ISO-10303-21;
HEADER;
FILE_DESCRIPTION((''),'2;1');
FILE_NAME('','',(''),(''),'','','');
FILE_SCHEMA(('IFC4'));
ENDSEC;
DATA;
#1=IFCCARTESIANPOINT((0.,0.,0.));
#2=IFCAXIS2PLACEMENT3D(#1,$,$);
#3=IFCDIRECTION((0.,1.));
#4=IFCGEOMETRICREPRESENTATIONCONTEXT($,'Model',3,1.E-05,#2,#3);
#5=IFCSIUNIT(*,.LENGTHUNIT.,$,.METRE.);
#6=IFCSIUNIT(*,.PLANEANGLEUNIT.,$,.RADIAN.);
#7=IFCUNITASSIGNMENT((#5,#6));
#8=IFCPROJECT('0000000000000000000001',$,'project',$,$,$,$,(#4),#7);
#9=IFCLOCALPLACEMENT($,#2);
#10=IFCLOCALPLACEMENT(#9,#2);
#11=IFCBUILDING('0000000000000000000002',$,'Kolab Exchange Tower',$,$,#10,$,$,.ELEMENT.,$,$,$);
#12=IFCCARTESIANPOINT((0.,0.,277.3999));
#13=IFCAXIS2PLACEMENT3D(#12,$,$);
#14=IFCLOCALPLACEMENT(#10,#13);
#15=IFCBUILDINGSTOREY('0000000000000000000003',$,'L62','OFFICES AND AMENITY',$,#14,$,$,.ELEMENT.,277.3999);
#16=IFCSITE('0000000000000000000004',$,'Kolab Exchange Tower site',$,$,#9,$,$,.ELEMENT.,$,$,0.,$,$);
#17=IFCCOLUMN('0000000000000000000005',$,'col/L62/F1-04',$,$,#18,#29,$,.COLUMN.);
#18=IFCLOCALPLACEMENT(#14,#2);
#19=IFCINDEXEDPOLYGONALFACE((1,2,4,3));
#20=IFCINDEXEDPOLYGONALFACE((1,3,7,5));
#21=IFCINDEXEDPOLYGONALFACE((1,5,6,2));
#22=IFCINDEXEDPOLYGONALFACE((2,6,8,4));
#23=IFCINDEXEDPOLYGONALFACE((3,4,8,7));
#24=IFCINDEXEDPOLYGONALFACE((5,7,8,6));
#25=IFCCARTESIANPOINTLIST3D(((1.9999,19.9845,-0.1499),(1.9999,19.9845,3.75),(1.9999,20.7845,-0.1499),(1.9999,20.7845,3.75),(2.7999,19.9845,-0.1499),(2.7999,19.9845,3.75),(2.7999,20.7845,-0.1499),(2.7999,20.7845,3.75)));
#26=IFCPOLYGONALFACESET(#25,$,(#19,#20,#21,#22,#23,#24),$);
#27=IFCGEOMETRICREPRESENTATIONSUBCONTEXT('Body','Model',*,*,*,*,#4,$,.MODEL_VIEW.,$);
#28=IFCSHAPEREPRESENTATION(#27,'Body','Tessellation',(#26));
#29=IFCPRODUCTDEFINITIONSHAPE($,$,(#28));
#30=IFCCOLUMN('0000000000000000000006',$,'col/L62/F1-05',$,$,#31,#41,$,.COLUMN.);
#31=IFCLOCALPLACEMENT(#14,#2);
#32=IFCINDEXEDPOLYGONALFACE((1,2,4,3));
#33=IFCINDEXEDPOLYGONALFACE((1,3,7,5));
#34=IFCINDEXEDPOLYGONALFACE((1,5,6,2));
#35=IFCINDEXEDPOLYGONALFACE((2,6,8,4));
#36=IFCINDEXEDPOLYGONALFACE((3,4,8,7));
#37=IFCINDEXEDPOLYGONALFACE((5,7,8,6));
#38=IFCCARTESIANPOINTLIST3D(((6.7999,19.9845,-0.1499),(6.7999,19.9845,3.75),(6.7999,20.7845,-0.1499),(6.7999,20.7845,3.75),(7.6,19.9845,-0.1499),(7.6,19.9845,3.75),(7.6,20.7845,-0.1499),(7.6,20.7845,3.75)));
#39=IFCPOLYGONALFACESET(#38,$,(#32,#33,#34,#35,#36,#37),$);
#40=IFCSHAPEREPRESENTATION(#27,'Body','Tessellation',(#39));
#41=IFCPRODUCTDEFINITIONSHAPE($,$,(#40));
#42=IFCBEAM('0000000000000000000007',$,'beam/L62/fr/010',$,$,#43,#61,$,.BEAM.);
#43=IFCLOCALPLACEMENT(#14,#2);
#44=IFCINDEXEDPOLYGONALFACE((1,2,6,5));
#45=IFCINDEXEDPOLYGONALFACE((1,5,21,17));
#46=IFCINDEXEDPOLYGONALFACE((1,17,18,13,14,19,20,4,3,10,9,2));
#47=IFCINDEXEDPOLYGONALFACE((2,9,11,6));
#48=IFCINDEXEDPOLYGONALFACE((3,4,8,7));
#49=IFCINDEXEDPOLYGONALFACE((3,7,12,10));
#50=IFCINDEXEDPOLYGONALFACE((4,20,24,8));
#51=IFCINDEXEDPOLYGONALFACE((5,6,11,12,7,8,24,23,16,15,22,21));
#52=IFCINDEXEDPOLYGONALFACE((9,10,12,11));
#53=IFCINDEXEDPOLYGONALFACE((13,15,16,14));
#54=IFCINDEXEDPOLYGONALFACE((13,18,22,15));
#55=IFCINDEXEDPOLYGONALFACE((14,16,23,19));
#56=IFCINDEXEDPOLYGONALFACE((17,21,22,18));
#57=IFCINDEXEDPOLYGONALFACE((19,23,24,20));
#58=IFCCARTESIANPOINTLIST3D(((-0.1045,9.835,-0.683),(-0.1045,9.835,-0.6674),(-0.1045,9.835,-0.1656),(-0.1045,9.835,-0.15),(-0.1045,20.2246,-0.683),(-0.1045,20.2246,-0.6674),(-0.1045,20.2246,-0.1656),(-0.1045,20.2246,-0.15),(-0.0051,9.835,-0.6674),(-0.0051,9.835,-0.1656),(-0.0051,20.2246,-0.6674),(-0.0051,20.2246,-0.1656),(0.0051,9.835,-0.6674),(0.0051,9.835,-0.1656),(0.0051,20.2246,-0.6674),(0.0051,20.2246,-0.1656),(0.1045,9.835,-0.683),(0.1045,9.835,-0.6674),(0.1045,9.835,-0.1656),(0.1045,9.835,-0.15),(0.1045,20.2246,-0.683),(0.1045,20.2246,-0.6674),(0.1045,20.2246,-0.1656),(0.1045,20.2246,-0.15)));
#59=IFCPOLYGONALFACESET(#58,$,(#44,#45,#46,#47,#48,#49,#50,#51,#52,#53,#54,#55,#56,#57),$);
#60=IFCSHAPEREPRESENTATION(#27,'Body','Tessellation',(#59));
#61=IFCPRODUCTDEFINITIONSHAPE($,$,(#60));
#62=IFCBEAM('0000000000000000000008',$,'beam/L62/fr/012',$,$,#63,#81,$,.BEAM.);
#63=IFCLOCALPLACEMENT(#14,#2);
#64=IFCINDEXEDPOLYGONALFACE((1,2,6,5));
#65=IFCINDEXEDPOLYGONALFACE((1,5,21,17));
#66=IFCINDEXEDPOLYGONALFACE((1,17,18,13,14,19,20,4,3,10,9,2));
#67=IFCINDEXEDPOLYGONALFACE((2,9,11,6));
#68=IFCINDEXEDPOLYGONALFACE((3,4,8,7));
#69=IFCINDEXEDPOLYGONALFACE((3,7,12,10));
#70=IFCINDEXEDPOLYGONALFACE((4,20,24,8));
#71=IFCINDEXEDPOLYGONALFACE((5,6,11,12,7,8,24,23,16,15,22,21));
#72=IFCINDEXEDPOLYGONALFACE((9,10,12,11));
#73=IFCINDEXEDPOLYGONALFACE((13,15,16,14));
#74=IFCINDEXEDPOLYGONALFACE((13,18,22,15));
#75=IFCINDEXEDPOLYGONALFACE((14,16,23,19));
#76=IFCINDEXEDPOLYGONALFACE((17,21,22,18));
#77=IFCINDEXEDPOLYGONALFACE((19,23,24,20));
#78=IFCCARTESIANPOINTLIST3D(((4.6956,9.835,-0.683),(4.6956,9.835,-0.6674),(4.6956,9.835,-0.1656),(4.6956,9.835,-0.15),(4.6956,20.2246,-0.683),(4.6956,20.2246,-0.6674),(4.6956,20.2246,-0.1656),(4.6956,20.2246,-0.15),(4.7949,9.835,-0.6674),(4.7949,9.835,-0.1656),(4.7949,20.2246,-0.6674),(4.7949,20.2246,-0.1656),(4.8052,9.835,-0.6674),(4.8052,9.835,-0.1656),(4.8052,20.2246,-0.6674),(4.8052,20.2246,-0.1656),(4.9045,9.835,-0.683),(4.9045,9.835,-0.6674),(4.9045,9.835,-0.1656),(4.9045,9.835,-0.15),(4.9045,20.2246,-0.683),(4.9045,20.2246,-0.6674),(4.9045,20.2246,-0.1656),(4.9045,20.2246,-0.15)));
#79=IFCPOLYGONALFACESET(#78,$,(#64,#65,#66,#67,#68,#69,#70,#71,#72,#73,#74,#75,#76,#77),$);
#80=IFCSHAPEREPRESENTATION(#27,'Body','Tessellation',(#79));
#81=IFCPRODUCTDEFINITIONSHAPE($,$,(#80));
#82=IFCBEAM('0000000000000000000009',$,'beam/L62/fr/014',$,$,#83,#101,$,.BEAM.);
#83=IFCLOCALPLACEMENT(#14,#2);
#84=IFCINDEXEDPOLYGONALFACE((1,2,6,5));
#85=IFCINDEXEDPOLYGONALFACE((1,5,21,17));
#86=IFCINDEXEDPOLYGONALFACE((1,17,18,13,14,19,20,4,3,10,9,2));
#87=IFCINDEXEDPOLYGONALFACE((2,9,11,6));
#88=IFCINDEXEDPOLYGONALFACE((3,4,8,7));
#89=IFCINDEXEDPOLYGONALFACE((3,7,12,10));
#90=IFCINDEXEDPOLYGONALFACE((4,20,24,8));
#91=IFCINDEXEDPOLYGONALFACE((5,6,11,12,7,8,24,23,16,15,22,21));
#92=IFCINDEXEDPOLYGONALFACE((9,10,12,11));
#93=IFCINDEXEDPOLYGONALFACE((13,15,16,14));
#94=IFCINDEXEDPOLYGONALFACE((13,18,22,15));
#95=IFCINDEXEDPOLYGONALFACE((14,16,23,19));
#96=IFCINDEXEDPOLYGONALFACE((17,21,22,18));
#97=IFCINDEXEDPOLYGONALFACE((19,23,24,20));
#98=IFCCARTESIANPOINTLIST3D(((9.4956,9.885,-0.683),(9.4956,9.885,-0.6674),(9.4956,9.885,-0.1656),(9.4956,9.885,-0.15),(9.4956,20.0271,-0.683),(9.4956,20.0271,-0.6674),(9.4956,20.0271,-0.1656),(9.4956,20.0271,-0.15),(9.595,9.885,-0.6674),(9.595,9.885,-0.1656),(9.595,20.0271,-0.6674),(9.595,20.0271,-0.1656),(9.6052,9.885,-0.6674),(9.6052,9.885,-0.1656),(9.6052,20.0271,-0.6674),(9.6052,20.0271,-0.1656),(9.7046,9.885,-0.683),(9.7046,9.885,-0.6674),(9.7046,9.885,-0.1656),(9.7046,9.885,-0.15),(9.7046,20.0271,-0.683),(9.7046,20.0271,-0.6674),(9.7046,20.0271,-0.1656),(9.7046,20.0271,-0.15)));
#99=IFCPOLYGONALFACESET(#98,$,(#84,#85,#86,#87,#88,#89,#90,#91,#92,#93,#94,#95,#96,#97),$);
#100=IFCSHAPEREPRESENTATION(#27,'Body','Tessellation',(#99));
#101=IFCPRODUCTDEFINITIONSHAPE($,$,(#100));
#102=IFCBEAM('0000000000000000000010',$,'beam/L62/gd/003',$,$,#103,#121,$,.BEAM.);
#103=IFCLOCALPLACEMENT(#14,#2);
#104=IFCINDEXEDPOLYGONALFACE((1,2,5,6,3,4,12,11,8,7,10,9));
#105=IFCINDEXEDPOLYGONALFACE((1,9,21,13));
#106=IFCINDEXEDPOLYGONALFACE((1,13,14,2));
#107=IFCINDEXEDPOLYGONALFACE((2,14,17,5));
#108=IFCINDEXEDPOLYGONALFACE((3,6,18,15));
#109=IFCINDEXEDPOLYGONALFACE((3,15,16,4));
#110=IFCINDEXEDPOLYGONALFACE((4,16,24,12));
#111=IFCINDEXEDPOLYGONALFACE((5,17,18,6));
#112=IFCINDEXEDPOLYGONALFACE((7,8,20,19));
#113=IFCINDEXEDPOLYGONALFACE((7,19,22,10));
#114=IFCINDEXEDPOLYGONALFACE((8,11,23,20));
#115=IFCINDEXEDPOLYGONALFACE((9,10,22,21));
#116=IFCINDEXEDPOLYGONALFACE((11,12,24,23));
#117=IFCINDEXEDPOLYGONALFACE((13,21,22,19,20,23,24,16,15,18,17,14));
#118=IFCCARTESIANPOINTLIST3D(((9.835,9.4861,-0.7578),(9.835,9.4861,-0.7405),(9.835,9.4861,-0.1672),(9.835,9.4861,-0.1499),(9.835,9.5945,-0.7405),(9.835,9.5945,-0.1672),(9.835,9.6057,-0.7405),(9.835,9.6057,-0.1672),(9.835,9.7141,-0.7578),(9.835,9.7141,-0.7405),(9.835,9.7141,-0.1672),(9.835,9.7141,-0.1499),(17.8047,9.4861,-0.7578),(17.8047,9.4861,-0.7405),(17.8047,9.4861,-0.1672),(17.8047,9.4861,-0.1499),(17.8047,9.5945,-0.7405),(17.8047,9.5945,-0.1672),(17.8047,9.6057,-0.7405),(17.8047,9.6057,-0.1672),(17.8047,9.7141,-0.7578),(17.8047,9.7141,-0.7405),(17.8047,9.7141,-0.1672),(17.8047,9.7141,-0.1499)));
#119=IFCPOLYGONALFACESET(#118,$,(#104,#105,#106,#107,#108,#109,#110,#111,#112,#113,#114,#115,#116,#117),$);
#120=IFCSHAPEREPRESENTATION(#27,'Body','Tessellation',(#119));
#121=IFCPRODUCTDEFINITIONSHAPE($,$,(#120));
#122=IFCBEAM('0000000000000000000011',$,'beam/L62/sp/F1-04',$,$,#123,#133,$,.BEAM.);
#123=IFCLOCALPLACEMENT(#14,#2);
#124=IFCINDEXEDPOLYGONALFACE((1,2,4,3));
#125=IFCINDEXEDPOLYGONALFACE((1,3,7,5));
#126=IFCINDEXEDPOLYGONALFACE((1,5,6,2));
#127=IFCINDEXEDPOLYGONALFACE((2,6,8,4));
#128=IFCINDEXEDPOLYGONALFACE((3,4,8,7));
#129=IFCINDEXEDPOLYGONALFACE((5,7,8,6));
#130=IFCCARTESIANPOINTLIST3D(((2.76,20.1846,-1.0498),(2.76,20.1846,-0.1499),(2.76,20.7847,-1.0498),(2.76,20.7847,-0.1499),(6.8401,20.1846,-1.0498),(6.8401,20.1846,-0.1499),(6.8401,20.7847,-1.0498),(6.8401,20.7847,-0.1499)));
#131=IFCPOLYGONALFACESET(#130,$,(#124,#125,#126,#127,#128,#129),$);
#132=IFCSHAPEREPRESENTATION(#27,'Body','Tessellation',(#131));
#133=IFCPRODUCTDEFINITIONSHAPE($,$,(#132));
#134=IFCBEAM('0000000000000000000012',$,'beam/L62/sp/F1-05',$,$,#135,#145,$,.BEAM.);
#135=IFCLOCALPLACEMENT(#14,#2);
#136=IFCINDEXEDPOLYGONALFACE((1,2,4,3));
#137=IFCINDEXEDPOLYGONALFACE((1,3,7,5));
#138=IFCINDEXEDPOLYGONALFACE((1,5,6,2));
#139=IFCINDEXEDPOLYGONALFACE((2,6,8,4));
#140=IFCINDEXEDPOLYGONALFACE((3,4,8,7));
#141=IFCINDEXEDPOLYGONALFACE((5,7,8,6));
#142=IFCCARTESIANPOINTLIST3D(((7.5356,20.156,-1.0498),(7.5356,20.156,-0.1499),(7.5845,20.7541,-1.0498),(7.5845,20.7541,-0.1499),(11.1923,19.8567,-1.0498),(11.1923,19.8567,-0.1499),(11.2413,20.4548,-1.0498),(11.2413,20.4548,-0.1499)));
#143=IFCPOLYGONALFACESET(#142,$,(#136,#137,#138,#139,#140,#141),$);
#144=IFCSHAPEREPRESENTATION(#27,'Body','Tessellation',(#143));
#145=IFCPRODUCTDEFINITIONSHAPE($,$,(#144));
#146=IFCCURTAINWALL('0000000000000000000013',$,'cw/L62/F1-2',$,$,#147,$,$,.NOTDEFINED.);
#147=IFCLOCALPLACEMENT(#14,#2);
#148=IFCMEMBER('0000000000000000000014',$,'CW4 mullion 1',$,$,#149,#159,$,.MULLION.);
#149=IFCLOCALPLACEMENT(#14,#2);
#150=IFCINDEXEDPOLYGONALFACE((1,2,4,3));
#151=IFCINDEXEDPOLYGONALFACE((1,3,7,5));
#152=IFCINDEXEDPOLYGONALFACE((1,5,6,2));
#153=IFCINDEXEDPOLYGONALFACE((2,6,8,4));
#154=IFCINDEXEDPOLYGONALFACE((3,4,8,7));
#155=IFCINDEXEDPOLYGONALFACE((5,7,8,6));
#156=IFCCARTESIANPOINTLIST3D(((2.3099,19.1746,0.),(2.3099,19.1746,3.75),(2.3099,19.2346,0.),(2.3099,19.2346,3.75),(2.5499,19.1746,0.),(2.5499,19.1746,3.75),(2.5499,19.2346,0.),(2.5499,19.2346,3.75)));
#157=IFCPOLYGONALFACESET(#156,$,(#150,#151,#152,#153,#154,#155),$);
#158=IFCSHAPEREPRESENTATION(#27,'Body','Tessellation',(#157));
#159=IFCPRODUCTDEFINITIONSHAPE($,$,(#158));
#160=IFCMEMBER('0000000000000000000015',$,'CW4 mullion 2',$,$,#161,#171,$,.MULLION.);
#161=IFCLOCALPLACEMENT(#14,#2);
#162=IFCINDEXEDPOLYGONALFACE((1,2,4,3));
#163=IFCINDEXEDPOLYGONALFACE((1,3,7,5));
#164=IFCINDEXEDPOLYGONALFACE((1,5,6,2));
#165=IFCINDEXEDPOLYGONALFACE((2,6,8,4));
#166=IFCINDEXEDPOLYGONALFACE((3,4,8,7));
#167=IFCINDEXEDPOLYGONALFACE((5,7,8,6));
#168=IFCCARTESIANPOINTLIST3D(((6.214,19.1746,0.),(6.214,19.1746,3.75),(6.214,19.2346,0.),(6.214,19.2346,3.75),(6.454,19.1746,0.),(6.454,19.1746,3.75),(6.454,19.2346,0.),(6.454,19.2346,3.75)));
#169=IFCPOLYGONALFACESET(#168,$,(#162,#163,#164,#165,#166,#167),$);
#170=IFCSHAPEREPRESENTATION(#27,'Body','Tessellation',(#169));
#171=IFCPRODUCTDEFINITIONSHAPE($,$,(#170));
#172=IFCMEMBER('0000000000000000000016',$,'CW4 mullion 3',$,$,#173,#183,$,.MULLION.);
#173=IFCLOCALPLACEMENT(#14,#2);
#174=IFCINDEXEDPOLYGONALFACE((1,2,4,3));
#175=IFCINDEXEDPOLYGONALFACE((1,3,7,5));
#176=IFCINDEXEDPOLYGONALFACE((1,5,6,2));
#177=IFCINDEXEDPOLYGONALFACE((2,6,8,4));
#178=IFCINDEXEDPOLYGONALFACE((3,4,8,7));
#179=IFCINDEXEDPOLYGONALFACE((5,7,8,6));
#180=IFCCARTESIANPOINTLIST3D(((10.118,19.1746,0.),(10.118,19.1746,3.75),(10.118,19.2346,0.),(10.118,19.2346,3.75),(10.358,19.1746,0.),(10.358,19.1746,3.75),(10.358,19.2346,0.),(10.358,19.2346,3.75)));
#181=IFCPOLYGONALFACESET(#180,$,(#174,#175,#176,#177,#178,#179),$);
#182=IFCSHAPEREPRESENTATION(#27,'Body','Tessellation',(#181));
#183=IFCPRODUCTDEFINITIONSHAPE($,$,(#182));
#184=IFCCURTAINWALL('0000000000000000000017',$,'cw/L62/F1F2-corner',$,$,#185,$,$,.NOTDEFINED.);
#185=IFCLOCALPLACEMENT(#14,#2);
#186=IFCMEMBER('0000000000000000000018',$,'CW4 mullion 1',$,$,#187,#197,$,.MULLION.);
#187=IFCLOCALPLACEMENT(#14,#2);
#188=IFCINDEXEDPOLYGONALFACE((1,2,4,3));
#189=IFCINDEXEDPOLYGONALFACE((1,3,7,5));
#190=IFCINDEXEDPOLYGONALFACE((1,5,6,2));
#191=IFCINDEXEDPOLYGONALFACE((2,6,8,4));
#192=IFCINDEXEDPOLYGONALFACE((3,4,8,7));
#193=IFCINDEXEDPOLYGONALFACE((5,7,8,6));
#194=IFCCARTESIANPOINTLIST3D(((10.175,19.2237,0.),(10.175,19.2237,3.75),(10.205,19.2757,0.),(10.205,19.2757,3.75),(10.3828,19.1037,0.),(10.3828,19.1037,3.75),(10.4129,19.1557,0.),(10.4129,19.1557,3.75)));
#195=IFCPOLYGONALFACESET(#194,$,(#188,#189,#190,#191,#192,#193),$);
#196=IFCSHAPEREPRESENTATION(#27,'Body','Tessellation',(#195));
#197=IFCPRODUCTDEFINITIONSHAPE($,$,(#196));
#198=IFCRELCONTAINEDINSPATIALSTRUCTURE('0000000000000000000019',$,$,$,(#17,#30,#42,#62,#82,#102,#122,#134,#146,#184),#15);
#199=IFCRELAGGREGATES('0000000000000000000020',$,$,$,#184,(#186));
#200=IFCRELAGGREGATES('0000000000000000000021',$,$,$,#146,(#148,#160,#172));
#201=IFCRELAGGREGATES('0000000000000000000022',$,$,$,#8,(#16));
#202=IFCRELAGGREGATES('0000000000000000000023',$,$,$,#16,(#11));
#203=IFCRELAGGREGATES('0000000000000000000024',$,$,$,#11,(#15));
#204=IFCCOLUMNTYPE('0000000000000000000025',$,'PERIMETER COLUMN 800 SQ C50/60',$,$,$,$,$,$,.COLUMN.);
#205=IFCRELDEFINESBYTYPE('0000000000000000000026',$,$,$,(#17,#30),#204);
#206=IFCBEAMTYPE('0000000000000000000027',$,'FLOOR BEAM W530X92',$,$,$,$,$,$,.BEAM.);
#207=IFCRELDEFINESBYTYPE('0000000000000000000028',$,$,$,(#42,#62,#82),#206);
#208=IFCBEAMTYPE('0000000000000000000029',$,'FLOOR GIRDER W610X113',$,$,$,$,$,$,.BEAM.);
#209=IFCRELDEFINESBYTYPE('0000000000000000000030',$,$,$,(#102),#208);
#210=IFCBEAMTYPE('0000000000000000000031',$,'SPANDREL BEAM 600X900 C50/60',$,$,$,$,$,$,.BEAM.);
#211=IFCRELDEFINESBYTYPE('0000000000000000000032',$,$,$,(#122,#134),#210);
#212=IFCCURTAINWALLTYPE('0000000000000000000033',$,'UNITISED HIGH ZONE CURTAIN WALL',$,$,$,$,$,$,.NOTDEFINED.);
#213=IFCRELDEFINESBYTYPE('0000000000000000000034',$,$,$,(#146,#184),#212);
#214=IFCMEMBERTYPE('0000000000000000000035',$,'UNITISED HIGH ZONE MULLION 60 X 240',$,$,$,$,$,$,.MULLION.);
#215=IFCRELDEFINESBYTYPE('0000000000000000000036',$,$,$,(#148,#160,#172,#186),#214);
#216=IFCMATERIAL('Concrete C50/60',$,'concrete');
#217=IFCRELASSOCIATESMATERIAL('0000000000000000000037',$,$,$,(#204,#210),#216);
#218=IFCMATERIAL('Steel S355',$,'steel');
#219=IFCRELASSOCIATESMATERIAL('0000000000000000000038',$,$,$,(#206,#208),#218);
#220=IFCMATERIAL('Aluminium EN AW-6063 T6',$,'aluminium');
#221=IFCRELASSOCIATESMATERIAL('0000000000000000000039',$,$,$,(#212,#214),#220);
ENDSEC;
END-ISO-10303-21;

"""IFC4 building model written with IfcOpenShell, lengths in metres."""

from ifc_helpers import new_model, si_unit, direction, frame, origin, origin_2d, place, context, subcontext, project, spatial, rectangle, i_section, extrude, material, material_profile, profile_set, type_object, element, aggregate, save


model = new_model("IFC4")

# Units and contexts
model_context = context("Model", 3, precision=1e-05, world=origin(), true_north=direction((0.0, 1.0)))
body_context = subcontext(model_context, "Body", "Model", "MODEL_VIEW")
ifc_project = project(units=[si_unit("LENGTHUNIT", "METRE"), si_unit("PLANEANGLEUNIT", "RADIAN")], contexts=[model_context])

# Site, building, storey
site_placement = place(None, origin())
site = spatial("IfcSite", under=ifc_project, at=site_placement, Name="Kolab Exchange Tower site", CompositionType="ELEMENT", RefElevation=0.0)
building_placement = place(site_placement, origin())
building = spatial("IfcBuilding", under=site, at=building_placement, Name="Kolab Exchange Tower", CompositionType="ELEMENT")
storey_placement = place(building_placement, frame((0.0, 0.0, 277.3999)))
storey = spatial("IfcBuildingStorey", under=building, at=storey_placement, Name="L62", Description="OFFICES AND AMENITY", CompositionType="ELEMENT", Elevation=277.3999)

# Columns
ifc_material_1 = material(Name="Concrete C50/60", Category="concrete")
ifc_material_profile_1 = material_profile(ifc_material_1, rectangle(XDim=0.8, YDim=0.8, at=origin_2d()), Name="RC800")
ifc_profile_set_1 = profile_set([ifc_material_profile_1], Name="Concrete C50/60")
column_type = type_object("IfcColumnType", Name="PERIMETER COLUMN 800 SQ C50/60", PredefinedType="COLUMN", material=ifc_profile_set_1)
for number, where, z_axis, x_axis, name in (
    (1, (2.3999, 20.3845, -0.1499), (0.0, 0.0, 1.0), (1.0, 0.0, 0.0), "col/L62/F1-04"),
    (2, (7.2, 20.3845, -0.1499), (0.0, 0.0, 1.0), (1.0, 0.0, 0.0), "col/L62/F1-05"),
):
    element("IfcColumn", number, at=place(storey_placement, frame(where, z_axis=z_axis, x_axis=x_axis)), inside=storey, type_object=column_type, Name=name, PredefinedType="COLUMN", context=body_context, shape_type="SweptSolid", body=[
        extrude(rectangle(XDim=0.8, YDim=0.8, at=origin_2d()), origin(), (0.0, 0.0, 1.0), 3.8999),
    ])

# Beams
ifc_material_2 = material(Name="Steel S355", Category="steel")
ifc_material_profile_2 = material_profile(ifc_material_2, i_section(OverallWidth=0.209, OverallDepth=0.533, WebThickness=0.0103, FlangeThickness=0.0156, at=origin_2d()), Name="W530X92")
ifc_profile_set_2 = profile_set([ifc_material_profile_2], Name="Steel S355")
beam_type_1 = type_object("IfcBeamType", Name="FLOOR BEAM W530X92", PredefinedType="BEAM", material=ifc_profile_set_2)
for number, where, z_axis, x_axis, name in (
    (3, (0.0, 9.835, -0.4165), (0.0, 1.0, 0.0), (-1.0, 0.0, 0.0), "beam/L62/fr/010"),
    (4, (4.8, 9.835, -0.4165), (0.0, 1.0, 0.0), (-1.0, 0.0, 0.0), "beam/L62/fr/012"),
):
    element("IfcBeam", number, at=place(storey_placement, frame(where, z_axis=z_axis, x_axis=x_axis)), inside=storey, type_object=beam_type_1, Name=name, PredefinedType="BEAM", context=body_context, shape_type="SweptSolid", body=[
        extrude(i_section(OverallWidth=0.209, OverallDepth=0.533, WebThickness=0.0103, FlangeThickness=0.0156, at=origin_2d()), origin(), (0.0, 0.0, 1.0), 10.3896),
    ])
beam_1_placement = place(storey_placement, frame((9.6001, 9.885, -0.4165), z_axis=(0.0, 1.0, 0.0), x_axis=(-1.0, 0.0, 0.0)))
element("IfcBeam", 5, at=beam_1_placement, inside=storey, type_object=beam_type_1, Name="beam/L62/fr/014", PredefinedType="BEAM", context=body_context, shape_type="SweptSolid", body=[
    extrude(i_section(OverallWidth=0.209, OverallDepth=0.533, WebThickness=0.0103, FlangeThickness=0.0156, at=origin_2d()), origin(), (0.0, 0.0, 1.0), 10.1421),
])
ifc_material_profile_3 = material_profile(ifc_material_2, i_section(OverallWidth=0.228, OverallDepth=0.6079, WebThickness=0.0112, FlangeThickness=0.0173, at=origin_2d()), Name="W610X113")
ifc_profile_set_3 = profile_set([ifc_material_profile_3], Name="Steel S355")
beam_type_2 = type_object("IfcBeamType", Name="FLOOR GIRDER W610X113", PredefinedType="BEAM", material=ifc_profile_set_3)
beam_2_placement = place(storey_placement, frame((9.835, 9.6001, -0.4539), z_axis=(1.0, 0.0, 0.0), x_axis=(0.0, 1.0, 0.0)))
element("IfcBeam", 6, at=beam_2_placement, inside=storey, type_object=beam_type_2, Name="beam/L62/gd/003", PredefinedType="BEAM", context=body_context, shape_type="SweptSolid", body=[
    extrude(i_section(OverallWidth=0.228, OverallDepth=0.6079, WebThickness=0.0112, FlangeThickness=0.0173, at=origin_2d()), origin(), (0.0, 0.0, 1.0), 7.9697),
])
ifc_material_profile_4 = material_profile(ifc_material_1, rectangle(XDim=0.6001, YDim=0.8999, at=origin_2d()), Name="RC600X900")
ifc_profile_set_4 = profile_set([ifc_material_profile_4], Name="Concrete C50/60")
beam_type_3 = type_object("IfcBeamType", Name="SPANDREL BEAM 600X900 C50/60", PredefinedType="BEAM", material=ifc_profile_set_4)
beam_3_placement = place(storey_placement, frame((2.76, 20.4846, -0.5999), z_axis=(1.0, 0.0, 0.0), x_axis=(0.0, 1.0, 0.0)))
element("IfcBeam", 7, at=beam_3_placement, inside=storey, type_object=beam_type_3, Name="beam/L62/sp/F1-04", PredefinedType="BEAM", context=body_context, shape_type="SweptSolid", body=[
    extrude(rectangle(XDim=0.6001, YDim=0.8999, at=origin_2d()), origin(), (0.0, 0.0, 1.0), 4.0801),
])
beam_4_placement = place(storey_placement, frame((7.5601, 20.4551, -0.5999), z_axis=(0.996667, -0.081581, 0.0), x_axis=(0.081581, 0.996667, 0.0)))
element("IfcBeam", 8, at=beam_4_placement, inside=storey, type_object=beam_type_3, Name="beam/L62/sp/F1-05", PredefinedType="BEAM", context=body_context, shape_type="SweptSolid", body=[
    extrude(rectangle(XDim=0.6001, YDim=0.8999, at=origin_2d()), origin(), (0.0, 0.0, 1.0), 3.6689),
])

# Curtain wall, members
ifc_material_3 = material(Name="Aluminium EN AW-6063 T6", Category="aluminium")
curtain_wall_type = type_object("IfcCurtainWallType", Name="UNITISED HIGH ZONE CURTAIN WALL", PredefinedType="NOTDEFINED", material=ifc_material_3)
curtain_wall_1_placement = place(storey_placement, origin())
curtain_wall_1 = element("IfcCurtainWall", 9, at=curtain_wall_1_placement, inside=storey, type_object=curtain_wall_type, Name="cw/L62/F1-2", PredefinedType="NOTDEFINED")
ifc_material_profile_5 = material_profile(ifc_material_3, rectangle(XDim=0.0601, YDim=0.24, at=origin_2d()), Name="RECT 60X240")
ifc_profile_set_5 = profile_set([ifc_material_profile_5], Name="Aluminium EN AW-6063 T6")
member_type_1 = type_object("IfcMemberType", Name="UNITISED HIGH ZONE MULLION 60 X 240", PredefinedType="MULLION", material=ifc_profile_set_5)
member_1_placement = place(storey_placement, frame((2.4299, 19.2046, 0.0), z_axis=(0.0, 0.0, 1.0), x_axis=(0.0, 1.0, 0.0)))
member_1 = element("IfcMember", 10, at=member_1_placement, type_object=member_type_1, Name="CW4 mullion 1", PredefinedType="MULLION", context=body_context, shape_type="SweptSolid", body=[
    extrude(rectangle(XDim=0.0601, YDim=0.24, at=origin_2d()), origin(), (0.0, 0.0, 1.0), 3.75),
])
member_2_placement = place(storey_placement, frame((6.334, 19.2046, 0.0), z_axis=(0.0, 0.0, 1.0), x_axis=(0.0, 1.0, 0.0)))
member_2 = element("IfcMember", 11, at=member_2_placement, type_object=member_type_1, Name="CW4 mullion 2", PredefinedType="MULLION", context=body_context, shape_type="SweptSolid", body=[
    extrude(rectangle(XDim=0.0601, YDim=0.24, at=origin_2d()), origin(), (0.0, 0.0, 1.0), 3.75),
])
member_3_placement = place(storey_placement, frame((10.238, 19.2046, 0.0), z_axis=(0.0, 0.0, 1.0), x_axis=(0.0, 1.0, 0.0)))
member_3 = element("IfcMember", 12, at=member_3_placement, type_object=member_type_1, Name="CW4 mullion 3", PredefinedType="MULLION", context=body_context, shape_type="SweptSolid", body=[
    extrude(rectangle(XDim=0.0601, YDim=0.24, at=origin_2d()), origin(), (0.0, 0.0, 1.0), 3.75),
])

# Curtain wall, member
curtain_wall_2_placement = place(storey_placement, origin())
curtain_wall_2 = element("IfcCurtainWall", 13, at=curtain_wall_2_placement, inside=storey, type_object=curtain_wall_type, Name="cw/L62/F1F2-corner", PredefinedType="NOTDEFINED")
member_4_placement = place(storey_placement, frame((10.2939, 19.1897, 0.0), z_axis=(0.0, 0.0, 1.0), x_axis=(0.5, 0.866025, 0.0)))
member_4 = element("IfcMember", 14, at=member_4_placement, type_object=member_type_1, Name="CW4 mullion 1", PredefinedType="MULLION", context=body_context, shape_type="SweptSolid", body=[
    extrude(rectangle(XDim=0.0601, YDim=0.24, at=origin_2d()), origin(), (0.0, 0.0, 1.0), 3.75),
])
aggregate(curtain_wall_2, [member_4])

aggregate(curtain_wall_1, [member_1, member_2, member_3])

save(model, "model.ifc")
